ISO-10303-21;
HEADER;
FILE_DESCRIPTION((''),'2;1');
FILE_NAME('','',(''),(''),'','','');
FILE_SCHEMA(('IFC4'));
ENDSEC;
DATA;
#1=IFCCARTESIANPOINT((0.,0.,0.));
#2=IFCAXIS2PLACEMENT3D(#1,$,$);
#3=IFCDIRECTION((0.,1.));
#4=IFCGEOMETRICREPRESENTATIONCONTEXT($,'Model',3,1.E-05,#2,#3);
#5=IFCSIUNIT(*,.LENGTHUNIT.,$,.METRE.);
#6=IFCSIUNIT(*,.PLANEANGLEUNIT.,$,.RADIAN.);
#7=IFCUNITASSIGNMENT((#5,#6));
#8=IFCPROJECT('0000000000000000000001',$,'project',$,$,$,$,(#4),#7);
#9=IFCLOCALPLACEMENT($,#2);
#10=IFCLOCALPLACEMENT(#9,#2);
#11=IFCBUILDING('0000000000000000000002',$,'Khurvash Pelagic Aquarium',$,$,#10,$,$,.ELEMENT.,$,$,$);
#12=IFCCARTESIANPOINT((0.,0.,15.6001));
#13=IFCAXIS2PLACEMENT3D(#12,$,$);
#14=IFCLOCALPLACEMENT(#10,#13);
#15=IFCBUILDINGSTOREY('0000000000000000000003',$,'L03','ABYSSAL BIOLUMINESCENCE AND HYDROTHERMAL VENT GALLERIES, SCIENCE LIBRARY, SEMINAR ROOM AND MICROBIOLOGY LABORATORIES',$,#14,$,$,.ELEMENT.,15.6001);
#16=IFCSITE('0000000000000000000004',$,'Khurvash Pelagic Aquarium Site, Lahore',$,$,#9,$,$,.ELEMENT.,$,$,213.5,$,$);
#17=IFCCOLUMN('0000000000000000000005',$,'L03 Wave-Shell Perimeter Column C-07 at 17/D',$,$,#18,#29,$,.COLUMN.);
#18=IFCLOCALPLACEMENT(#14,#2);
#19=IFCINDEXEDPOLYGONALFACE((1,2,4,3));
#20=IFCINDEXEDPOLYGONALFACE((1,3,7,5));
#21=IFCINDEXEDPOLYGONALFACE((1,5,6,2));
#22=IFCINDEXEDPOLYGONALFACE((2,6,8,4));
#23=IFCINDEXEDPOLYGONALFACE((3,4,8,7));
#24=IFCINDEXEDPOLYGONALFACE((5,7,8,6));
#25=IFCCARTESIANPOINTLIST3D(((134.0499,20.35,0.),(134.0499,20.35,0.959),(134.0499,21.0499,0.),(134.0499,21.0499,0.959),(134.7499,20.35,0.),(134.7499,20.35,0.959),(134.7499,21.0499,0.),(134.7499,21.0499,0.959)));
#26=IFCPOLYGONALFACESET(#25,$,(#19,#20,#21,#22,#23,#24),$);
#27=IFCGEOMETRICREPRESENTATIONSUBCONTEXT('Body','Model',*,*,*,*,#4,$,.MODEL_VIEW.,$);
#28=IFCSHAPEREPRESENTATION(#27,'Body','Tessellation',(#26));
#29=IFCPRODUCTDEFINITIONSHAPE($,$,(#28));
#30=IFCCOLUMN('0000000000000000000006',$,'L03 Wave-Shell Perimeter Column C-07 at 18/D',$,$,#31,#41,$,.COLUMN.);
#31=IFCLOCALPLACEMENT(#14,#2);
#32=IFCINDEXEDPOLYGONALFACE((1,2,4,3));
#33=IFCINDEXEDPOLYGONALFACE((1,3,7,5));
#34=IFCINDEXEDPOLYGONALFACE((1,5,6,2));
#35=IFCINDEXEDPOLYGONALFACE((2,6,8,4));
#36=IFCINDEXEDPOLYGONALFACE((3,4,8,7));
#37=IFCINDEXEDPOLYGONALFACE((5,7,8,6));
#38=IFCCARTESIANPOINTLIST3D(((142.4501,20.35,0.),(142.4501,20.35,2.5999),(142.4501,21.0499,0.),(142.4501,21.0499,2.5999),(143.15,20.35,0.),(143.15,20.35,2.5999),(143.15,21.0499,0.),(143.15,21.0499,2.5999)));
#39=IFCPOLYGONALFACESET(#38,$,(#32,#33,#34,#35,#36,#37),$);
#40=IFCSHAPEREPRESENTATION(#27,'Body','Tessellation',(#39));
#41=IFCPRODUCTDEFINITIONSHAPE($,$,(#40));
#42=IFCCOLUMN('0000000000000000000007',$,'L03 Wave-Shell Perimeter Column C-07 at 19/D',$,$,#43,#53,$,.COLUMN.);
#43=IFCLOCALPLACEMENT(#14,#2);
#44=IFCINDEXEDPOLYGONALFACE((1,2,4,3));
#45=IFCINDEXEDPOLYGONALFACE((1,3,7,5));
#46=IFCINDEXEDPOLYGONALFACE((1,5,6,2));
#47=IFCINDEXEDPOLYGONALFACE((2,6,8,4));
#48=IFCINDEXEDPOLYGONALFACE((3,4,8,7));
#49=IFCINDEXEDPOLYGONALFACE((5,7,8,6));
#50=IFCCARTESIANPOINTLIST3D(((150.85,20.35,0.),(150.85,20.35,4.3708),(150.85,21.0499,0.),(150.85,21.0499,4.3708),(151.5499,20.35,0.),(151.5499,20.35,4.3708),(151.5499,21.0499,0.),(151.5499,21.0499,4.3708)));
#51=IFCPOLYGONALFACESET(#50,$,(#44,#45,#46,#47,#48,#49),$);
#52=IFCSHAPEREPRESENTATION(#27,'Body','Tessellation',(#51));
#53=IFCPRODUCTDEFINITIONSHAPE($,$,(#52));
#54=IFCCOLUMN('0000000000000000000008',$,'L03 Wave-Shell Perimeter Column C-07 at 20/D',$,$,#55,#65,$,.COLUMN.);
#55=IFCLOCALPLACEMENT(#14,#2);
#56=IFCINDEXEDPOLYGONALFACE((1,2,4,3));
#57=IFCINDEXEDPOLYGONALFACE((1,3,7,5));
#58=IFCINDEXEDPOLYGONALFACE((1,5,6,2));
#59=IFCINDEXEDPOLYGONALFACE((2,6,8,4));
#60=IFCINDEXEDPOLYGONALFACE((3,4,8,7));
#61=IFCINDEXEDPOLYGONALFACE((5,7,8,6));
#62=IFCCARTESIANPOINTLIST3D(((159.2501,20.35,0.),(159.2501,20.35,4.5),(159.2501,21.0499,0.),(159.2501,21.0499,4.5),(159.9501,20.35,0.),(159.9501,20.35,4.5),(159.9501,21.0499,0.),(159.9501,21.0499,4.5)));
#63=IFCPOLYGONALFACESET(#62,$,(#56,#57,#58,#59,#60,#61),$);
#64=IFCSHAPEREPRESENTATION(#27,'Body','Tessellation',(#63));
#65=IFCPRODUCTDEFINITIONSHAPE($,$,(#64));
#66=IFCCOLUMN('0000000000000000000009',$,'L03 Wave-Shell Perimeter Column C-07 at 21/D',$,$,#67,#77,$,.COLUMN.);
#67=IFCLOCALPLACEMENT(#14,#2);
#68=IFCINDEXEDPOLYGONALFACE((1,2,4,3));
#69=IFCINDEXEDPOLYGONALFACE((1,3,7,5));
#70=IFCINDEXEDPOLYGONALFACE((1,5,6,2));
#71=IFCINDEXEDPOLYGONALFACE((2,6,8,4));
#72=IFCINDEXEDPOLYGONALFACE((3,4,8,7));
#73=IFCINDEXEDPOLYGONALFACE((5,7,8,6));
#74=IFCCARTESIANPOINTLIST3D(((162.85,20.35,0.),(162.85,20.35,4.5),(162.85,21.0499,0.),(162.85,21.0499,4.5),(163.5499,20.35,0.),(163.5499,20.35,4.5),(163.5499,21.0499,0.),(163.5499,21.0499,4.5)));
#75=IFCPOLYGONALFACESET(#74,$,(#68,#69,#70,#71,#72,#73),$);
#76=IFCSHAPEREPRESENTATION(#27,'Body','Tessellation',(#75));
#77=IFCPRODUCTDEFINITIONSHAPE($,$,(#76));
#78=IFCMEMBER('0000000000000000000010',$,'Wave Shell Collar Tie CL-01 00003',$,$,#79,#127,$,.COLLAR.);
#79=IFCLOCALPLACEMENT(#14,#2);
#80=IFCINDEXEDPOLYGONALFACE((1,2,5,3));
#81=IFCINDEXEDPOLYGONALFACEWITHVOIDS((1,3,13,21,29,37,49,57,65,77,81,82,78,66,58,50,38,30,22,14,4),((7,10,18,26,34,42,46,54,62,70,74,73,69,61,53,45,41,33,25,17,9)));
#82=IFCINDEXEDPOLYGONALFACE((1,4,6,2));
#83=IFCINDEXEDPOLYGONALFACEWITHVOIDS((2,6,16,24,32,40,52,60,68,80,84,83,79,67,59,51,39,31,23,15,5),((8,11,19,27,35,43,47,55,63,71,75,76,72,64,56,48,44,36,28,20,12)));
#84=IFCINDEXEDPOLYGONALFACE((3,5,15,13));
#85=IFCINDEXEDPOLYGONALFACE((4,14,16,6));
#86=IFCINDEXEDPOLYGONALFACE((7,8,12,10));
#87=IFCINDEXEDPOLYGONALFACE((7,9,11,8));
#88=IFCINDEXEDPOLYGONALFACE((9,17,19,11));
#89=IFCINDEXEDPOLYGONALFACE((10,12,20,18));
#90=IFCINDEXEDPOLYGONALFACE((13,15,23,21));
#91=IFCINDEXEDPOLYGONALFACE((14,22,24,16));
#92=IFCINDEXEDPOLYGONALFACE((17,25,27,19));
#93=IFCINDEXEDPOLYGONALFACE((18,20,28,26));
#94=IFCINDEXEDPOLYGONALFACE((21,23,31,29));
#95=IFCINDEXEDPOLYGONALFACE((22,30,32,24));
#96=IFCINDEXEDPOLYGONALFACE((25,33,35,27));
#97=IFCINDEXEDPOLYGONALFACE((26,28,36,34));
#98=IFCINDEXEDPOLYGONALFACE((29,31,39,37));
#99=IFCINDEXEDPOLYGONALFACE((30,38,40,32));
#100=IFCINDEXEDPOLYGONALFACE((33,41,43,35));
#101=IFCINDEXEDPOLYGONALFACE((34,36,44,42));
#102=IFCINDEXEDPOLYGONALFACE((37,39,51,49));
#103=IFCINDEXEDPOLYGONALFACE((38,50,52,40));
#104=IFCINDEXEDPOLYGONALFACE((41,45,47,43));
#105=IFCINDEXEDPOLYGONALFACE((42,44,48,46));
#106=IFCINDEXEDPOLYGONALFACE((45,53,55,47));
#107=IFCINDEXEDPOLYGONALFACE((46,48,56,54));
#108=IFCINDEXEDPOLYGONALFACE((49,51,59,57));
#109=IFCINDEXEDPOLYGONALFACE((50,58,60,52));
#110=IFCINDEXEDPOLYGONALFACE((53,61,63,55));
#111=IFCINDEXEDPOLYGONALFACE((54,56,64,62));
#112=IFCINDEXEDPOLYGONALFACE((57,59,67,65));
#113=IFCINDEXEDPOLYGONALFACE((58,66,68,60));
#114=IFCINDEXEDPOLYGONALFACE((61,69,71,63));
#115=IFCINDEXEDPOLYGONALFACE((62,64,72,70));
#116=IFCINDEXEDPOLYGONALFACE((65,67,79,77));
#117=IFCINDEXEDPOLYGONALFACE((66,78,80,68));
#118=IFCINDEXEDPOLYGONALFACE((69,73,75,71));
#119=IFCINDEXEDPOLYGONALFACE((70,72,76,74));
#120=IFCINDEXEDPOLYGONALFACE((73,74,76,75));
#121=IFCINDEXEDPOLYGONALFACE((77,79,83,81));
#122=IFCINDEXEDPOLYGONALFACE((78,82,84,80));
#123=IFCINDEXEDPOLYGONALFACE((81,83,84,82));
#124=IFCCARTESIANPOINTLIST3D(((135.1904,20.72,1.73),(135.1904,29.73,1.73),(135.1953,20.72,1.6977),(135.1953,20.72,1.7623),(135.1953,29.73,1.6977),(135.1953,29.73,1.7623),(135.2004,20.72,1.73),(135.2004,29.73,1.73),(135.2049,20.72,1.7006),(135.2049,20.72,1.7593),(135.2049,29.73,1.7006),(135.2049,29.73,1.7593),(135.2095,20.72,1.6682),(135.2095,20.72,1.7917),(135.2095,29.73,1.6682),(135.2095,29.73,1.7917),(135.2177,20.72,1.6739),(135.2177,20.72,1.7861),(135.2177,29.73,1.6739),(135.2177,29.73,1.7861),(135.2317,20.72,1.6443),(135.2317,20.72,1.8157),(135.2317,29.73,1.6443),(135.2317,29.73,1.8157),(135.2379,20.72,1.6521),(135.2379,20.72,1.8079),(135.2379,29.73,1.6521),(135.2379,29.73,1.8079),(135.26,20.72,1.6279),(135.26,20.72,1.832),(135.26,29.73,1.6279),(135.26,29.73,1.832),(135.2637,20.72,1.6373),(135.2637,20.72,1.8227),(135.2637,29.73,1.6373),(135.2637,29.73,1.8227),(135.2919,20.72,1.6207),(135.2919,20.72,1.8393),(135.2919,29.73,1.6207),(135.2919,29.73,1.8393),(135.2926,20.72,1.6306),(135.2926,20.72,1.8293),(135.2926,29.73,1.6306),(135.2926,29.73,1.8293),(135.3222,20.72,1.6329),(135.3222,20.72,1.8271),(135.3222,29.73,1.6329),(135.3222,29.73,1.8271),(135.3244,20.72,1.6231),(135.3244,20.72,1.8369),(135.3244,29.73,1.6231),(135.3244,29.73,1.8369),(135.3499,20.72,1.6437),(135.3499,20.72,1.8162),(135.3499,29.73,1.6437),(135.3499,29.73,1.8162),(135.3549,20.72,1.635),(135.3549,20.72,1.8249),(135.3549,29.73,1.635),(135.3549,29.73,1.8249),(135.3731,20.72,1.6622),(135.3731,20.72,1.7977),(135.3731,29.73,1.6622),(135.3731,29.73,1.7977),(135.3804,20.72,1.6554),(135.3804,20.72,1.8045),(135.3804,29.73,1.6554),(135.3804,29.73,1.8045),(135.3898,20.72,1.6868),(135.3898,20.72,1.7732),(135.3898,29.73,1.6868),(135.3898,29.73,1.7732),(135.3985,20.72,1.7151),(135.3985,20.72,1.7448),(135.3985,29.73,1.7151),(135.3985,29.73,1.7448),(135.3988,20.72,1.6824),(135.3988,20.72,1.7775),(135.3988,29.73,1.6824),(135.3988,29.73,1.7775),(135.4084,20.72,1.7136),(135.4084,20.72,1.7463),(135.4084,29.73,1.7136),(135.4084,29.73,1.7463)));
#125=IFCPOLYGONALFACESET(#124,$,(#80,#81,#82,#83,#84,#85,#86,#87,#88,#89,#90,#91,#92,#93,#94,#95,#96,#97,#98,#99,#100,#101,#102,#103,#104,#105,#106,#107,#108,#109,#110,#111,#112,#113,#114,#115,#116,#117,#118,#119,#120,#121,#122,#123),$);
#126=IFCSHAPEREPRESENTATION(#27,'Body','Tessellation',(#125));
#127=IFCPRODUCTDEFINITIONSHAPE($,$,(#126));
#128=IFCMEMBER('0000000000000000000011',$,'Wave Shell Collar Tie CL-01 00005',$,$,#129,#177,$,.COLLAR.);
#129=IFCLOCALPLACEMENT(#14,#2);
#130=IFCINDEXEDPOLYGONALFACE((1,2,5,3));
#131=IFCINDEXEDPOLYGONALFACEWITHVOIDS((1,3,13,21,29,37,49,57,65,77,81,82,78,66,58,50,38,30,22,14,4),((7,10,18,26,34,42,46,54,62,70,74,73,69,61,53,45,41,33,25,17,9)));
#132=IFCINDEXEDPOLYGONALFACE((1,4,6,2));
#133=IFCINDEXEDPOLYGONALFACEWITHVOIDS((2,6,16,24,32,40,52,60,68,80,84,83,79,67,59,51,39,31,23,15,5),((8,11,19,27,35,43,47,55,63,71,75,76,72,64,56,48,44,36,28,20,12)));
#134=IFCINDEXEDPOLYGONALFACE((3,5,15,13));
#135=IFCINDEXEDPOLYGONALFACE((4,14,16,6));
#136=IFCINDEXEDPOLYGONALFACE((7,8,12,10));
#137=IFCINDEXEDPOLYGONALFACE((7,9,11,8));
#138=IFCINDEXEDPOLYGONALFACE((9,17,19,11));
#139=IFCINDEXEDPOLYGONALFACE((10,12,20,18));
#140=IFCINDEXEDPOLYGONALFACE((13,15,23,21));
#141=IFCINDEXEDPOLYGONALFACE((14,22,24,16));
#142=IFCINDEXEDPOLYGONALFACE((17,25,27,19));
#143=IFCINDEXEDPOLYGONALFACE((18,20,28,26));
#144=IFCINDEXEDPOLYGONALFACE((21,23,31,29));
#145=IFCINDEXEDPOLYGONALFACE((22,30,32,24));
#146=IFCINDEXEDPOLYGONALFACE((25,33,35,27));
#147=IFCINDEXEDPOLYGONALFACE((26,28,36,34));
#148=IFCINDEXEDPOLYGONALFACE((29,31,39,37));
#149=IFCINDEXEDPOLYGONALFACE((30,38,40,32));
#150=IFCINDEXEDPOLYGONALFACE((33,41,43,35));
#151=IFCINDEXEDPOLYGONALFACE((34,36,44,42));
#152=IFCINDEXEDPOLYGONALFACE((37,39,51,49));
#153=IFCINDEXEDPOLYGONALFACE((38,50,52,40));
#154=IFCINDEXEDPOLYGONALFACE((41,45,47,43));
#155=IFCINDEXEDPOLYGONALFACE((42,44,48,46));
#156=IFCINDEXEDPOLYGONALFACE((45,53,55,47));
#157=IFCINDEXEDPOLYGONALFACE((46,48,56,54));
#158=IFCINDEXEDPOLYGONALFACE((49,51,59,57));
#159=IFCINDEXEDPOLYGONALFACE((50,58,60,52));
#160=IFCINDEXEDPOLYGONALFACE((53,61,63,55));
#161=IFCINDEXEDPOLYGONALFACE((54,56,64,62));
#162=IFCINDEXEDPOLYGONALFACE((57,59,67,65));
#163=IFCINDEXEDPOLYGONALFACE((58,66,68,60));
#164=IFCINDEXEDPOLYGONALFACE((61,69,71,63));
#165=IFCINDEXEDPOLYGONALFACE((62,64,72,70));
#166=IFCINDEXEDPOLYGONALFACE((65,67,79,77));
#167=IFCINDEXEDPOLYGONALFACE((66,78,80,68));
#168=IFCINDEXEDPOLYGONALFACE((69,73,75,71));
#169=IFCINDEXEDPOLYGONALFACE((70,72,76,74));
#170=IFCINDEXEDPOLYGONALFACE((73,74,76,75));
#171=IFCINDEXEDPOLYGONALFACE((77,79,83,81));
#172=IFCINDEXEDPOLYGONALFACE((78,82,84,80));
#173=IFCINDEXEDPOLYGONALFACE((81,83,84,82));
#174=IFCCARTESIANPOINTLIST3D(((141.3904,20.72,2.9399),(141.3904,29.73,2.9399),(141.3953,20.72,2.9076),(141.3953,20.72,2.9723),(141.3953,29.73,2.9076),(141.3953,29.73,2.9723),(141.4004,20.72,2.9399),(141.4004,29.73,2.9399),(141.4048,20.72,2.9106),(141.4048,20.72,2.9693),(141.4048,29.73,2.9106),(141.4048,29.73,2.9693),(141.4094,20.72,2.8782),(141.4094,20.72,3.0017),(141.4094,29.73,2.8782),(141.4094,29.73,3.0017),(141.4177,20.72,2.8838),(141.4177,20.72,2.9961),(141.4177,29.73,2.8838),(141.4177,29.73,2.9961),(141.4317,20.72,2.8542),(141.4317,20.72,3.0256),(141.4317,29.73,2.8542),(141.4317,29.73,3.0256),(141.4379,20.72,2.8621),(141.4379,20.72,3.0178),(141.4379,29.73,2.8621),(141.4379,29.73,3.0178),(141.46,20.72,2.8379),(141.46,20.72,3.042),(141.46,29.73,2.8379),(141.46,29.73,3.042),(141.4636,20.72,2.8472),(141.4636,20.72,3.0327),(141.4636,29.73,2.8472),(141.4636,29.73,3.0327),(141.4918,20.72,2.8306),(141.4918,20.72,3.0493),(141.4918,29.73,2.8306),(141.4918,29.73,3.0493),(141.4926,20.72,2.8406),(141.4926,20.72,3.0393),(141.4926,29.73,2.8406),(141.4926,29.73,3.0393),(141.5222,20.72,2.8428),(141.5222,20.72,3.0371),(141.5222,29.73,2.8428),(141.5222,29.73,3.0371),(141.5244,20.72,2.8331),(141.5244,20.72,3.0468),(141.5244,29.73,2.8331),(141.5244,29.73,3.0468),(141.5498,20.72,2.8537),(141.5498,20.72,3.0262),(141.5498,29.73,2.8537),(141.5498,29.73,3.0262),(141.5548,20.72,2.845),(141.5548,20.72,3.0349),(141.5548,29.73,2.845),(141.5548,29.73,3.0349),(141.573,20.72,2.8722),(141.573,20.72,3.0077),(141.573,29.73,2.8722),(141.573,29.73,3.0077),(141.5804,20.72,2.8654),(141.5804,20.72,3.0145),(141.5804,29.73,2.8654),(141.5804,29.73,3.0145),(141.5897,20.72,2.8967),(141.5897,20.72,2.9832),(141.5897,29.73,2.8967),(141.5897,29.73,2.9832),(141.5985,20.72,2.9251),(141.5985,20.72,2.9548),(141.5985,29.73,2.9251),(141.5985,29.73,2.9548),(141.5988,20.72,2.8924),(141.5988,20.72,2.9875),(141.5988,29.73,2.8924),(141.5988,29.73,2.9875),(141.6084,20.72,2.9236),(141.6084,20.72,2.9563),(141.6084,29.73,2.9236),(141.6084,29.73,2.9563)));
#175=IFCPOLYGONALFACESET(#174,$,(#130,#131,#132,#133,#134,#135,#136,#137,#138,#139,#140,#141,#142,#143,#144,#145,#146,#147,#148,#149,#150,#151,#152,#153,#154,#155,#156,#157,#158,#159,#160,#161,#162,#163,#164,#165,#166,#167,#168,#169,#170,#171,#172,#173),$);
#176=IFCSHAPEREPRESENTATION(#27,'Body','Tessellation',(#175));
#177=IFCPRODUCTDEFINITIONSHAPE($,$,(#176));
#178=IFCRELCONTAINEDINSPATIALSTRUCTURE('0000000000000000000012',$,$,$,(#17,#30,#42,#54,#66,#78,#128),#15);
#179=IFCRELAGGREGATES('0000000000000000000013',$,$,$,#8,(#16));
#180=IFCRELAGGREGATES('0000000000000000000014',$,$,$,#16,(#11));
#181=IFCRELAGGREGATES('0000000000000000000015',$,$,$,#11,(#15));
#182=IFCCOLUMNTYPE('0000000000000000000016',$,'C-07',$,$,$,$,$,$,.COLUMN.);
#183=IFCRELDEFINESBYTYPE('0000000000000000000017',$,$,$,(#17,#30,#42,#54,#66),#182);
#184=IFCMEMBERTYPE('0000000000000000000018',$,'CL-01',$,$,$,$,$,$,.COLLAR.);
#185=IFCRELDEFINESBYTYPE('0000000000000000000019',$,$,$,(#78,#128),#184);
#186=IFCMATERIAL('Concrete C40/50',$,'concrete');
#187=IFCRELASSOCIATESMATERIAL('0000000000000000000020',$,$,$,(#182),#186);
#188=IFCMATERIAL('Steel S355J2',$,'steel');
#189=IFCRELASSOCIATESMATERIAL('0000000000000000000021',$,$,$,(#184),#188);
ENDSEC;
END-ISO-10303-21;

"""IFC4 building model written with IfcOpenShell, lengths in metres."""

from ifc_helpers import new_model, si_unit, direction, frame, origin, origin_2d, place, context, subcontext, project, spatial, rectangle, hollow_circle, extrude, material, material_profile, profile_set, type_object, element, save


model = new_model("IFC4")

# Units and contexts
model_context = context("Model", 3, precision=1e-05, world=origin(), true_north=direction((0.0, 1.0)))
body_context = subcontext(model_context, "Body", "Model", "MODEL_VIEW")
ifc_project = project(units=[si_unit("LENGTHUNIT", "METRE"), si_unit("PLANEANGLEUNIT", "RADIAN")], contexts=[model_context])

# Site, building, storey
site_placement = place(None, origin())
site = spatial("IfcSite", under=ifc_project, at=site_placement, Name="Khurvash Pelagic Aquarium Site, Lahore", CompositionType="ELEMENT", RefElevation=213.5)
building_placement = place(site_placement, origin())
building = spatial("IfcBuilding", under=site, at=building_placement, Name="Khurvash Pelagic Aquarium", CompositionType="ELEMENT")
storey_placement = place(building_placement, frame((0.0, 0.0, 15.6001)))
storey = spatial("IfcBuildingStorey", under=building, at=storey_placement, Name="L03", Description="ABYSSAL BIOLUMINESCENCE AND HYDROTHERMAL VENT GALLERIES, SCIENCE LIBRARY, SEMINAR ROOM AND MICROBIOLOGY LABORATORIES", CompositionType="ELEMENT", Elevation=15.6001)

# Columns
ifc_material_1 = material(Name="Concrete C40/50", Category="concrete")
ifc_material_profile_1 = material_profile(ifc_material_1, rectangle(XDim=0.7, YDim=0.7, at=origin_2d()), Name="RC700X700")
ifc_profile_set_1 = profile_set([ifc_material_profile_1], Name="Concrete C40/50")
column_type = type_object("IfcColumnType", Name="C-07", PredefinedType="COLUMN", material=ifc_profile_set_1)
column_1_placement = place(storey_placement, frame((134.3999, 20.7, 0.0), z_axis=(0.0, 0.0, 1.0), x_axis=(1.0, 0.0, 0.0)))
element("IfcColumn", 1, at=column_1_placement, inside=storey, type_object=column_type, Name="L03 Wave-Shell Perimeter Column C-07 at 17/D", PredefinedType="COLUMN", context=body_context, shape_type="SweptSolid", body=[
    extrude(rectangle(XDim=0.7, YDim=0.7, at=origin_2d()), origin(), (0.0, 0.0, 1.0), 0.959),
])
column_2_placement = place(storey_placement, frame((142.8, 20.7, 0.0), z_axis=(0.0, 0.0, 1.0), x_axis=(1.0, 0.0, 0.0)))
element("IfcColumn", 2, at=column_2_placement, inside=storey, type_object=column_type, Name="L03 Wave-Shell Perimeter Column C-07 at 18/D", PredefinedType="COLUMN", context=body_context, shape_type="SweptSolid", body=[
    extrude(rectangle(XDim=0.7, YDim=0.7, at=origin_2d()), origin(), (0.0, 0.0, 1.0), 2.5999),
])
column_3_placement = place(storey_placement, frame((151.2, 20.7, 0.0), z_axis=(0.0, 0.0, 1.0), x_axis=(1.0, 0.0, 0.0)))
element("IfcColumn", 3, at=column_3_placement, inside=storey, type_object=column_type, Name="L03 Wave-Shell Perimeter Column C-07 at 19/D", PredefinedType="COLUMN", context=body_context, shape_type="SweptSolid", body=[
    extrude(rectangle(XDim=0.7, YDim=0.7, at=origin_2d()), origin(), (0.0, 0.0, 1.0), 4.3708),
])
for number, where, z_axis, x_axis, name in (
    (4, (159.6001, 20.7, 0.0), (0.0, 0.0, 1.0), (1.0, 0.0, 0.0), "L03 Wave-Shell Perimeter Column C-07 at 20/D"),
    (5, (163.2, 20.7, 0.0), (0.0, 0.0, 1.0), (1.0, 0.0, 0.0), "L03 Wave-Shell Perimeter Column C-07 at 21/D"),
):
    element("IfcColumn", number, at=place(storey_placement, frame(where, z_axis=z_axis, x_axis=x_axis)), inside=storey, type_object=column_type, Name=name, PredefinedType="COLUMN", context=body_context, shape_type="SweptSolid", body=[
        extrude(rectangle(XDim=0.7, YDim=0.7, at=origin_2d()), origin(), (0.0, 0.0, 1.0), 4.5),
    ])

# Members
ifc_material_2 = material(Name="Steel S355J2", Category="steel")
ifc_material_profile_2 = material_profile(ifc_material_2, hollow_circle(Radius=0.1096, WallThickness=0.01, at=origin_2d()), Name="CHS219X10")
ifc_profile_set_2 = profile_set([ifc_material_profile_2], Name="Steel S355J2")
member_type_1 = type_object("IfcMemberType", Name="CL-01", PredefinedType="COLLAR", material=ifc_profile_set_2)
for number, where, z_axis, x_axis, name in (
    (6, (135.3, 20.72, 1.73), (0.0, 1.0, 0.0), (-1.0, 0.0, 0.0), "Wave Shell Collar Tie CL-01 00003"),
    (7, (141.5, 20.72, 2.9399), (0.0, 1.0, 0.0), (-1.0, 0.0, 0.0), "Wave Shell Collar Tie CL-01 00005"),
):
    element("IfcMember", number, at=place(storey_placement, frame(where, z_axis=z_axis, x_axis=x_axis)), inside=storey, type_object=member_type_1, Name=name, PredefinedType="COLLAR", context=body_context, shape_type="SweptSolid", body=[
        extrude(hollow_circle(Radius=0.1096, WallThickness=0.01, at=origin_2d()), origin(), (0.0, 0.0, 1.0), 9.01),
    ])

save(model, "model.ifc")
